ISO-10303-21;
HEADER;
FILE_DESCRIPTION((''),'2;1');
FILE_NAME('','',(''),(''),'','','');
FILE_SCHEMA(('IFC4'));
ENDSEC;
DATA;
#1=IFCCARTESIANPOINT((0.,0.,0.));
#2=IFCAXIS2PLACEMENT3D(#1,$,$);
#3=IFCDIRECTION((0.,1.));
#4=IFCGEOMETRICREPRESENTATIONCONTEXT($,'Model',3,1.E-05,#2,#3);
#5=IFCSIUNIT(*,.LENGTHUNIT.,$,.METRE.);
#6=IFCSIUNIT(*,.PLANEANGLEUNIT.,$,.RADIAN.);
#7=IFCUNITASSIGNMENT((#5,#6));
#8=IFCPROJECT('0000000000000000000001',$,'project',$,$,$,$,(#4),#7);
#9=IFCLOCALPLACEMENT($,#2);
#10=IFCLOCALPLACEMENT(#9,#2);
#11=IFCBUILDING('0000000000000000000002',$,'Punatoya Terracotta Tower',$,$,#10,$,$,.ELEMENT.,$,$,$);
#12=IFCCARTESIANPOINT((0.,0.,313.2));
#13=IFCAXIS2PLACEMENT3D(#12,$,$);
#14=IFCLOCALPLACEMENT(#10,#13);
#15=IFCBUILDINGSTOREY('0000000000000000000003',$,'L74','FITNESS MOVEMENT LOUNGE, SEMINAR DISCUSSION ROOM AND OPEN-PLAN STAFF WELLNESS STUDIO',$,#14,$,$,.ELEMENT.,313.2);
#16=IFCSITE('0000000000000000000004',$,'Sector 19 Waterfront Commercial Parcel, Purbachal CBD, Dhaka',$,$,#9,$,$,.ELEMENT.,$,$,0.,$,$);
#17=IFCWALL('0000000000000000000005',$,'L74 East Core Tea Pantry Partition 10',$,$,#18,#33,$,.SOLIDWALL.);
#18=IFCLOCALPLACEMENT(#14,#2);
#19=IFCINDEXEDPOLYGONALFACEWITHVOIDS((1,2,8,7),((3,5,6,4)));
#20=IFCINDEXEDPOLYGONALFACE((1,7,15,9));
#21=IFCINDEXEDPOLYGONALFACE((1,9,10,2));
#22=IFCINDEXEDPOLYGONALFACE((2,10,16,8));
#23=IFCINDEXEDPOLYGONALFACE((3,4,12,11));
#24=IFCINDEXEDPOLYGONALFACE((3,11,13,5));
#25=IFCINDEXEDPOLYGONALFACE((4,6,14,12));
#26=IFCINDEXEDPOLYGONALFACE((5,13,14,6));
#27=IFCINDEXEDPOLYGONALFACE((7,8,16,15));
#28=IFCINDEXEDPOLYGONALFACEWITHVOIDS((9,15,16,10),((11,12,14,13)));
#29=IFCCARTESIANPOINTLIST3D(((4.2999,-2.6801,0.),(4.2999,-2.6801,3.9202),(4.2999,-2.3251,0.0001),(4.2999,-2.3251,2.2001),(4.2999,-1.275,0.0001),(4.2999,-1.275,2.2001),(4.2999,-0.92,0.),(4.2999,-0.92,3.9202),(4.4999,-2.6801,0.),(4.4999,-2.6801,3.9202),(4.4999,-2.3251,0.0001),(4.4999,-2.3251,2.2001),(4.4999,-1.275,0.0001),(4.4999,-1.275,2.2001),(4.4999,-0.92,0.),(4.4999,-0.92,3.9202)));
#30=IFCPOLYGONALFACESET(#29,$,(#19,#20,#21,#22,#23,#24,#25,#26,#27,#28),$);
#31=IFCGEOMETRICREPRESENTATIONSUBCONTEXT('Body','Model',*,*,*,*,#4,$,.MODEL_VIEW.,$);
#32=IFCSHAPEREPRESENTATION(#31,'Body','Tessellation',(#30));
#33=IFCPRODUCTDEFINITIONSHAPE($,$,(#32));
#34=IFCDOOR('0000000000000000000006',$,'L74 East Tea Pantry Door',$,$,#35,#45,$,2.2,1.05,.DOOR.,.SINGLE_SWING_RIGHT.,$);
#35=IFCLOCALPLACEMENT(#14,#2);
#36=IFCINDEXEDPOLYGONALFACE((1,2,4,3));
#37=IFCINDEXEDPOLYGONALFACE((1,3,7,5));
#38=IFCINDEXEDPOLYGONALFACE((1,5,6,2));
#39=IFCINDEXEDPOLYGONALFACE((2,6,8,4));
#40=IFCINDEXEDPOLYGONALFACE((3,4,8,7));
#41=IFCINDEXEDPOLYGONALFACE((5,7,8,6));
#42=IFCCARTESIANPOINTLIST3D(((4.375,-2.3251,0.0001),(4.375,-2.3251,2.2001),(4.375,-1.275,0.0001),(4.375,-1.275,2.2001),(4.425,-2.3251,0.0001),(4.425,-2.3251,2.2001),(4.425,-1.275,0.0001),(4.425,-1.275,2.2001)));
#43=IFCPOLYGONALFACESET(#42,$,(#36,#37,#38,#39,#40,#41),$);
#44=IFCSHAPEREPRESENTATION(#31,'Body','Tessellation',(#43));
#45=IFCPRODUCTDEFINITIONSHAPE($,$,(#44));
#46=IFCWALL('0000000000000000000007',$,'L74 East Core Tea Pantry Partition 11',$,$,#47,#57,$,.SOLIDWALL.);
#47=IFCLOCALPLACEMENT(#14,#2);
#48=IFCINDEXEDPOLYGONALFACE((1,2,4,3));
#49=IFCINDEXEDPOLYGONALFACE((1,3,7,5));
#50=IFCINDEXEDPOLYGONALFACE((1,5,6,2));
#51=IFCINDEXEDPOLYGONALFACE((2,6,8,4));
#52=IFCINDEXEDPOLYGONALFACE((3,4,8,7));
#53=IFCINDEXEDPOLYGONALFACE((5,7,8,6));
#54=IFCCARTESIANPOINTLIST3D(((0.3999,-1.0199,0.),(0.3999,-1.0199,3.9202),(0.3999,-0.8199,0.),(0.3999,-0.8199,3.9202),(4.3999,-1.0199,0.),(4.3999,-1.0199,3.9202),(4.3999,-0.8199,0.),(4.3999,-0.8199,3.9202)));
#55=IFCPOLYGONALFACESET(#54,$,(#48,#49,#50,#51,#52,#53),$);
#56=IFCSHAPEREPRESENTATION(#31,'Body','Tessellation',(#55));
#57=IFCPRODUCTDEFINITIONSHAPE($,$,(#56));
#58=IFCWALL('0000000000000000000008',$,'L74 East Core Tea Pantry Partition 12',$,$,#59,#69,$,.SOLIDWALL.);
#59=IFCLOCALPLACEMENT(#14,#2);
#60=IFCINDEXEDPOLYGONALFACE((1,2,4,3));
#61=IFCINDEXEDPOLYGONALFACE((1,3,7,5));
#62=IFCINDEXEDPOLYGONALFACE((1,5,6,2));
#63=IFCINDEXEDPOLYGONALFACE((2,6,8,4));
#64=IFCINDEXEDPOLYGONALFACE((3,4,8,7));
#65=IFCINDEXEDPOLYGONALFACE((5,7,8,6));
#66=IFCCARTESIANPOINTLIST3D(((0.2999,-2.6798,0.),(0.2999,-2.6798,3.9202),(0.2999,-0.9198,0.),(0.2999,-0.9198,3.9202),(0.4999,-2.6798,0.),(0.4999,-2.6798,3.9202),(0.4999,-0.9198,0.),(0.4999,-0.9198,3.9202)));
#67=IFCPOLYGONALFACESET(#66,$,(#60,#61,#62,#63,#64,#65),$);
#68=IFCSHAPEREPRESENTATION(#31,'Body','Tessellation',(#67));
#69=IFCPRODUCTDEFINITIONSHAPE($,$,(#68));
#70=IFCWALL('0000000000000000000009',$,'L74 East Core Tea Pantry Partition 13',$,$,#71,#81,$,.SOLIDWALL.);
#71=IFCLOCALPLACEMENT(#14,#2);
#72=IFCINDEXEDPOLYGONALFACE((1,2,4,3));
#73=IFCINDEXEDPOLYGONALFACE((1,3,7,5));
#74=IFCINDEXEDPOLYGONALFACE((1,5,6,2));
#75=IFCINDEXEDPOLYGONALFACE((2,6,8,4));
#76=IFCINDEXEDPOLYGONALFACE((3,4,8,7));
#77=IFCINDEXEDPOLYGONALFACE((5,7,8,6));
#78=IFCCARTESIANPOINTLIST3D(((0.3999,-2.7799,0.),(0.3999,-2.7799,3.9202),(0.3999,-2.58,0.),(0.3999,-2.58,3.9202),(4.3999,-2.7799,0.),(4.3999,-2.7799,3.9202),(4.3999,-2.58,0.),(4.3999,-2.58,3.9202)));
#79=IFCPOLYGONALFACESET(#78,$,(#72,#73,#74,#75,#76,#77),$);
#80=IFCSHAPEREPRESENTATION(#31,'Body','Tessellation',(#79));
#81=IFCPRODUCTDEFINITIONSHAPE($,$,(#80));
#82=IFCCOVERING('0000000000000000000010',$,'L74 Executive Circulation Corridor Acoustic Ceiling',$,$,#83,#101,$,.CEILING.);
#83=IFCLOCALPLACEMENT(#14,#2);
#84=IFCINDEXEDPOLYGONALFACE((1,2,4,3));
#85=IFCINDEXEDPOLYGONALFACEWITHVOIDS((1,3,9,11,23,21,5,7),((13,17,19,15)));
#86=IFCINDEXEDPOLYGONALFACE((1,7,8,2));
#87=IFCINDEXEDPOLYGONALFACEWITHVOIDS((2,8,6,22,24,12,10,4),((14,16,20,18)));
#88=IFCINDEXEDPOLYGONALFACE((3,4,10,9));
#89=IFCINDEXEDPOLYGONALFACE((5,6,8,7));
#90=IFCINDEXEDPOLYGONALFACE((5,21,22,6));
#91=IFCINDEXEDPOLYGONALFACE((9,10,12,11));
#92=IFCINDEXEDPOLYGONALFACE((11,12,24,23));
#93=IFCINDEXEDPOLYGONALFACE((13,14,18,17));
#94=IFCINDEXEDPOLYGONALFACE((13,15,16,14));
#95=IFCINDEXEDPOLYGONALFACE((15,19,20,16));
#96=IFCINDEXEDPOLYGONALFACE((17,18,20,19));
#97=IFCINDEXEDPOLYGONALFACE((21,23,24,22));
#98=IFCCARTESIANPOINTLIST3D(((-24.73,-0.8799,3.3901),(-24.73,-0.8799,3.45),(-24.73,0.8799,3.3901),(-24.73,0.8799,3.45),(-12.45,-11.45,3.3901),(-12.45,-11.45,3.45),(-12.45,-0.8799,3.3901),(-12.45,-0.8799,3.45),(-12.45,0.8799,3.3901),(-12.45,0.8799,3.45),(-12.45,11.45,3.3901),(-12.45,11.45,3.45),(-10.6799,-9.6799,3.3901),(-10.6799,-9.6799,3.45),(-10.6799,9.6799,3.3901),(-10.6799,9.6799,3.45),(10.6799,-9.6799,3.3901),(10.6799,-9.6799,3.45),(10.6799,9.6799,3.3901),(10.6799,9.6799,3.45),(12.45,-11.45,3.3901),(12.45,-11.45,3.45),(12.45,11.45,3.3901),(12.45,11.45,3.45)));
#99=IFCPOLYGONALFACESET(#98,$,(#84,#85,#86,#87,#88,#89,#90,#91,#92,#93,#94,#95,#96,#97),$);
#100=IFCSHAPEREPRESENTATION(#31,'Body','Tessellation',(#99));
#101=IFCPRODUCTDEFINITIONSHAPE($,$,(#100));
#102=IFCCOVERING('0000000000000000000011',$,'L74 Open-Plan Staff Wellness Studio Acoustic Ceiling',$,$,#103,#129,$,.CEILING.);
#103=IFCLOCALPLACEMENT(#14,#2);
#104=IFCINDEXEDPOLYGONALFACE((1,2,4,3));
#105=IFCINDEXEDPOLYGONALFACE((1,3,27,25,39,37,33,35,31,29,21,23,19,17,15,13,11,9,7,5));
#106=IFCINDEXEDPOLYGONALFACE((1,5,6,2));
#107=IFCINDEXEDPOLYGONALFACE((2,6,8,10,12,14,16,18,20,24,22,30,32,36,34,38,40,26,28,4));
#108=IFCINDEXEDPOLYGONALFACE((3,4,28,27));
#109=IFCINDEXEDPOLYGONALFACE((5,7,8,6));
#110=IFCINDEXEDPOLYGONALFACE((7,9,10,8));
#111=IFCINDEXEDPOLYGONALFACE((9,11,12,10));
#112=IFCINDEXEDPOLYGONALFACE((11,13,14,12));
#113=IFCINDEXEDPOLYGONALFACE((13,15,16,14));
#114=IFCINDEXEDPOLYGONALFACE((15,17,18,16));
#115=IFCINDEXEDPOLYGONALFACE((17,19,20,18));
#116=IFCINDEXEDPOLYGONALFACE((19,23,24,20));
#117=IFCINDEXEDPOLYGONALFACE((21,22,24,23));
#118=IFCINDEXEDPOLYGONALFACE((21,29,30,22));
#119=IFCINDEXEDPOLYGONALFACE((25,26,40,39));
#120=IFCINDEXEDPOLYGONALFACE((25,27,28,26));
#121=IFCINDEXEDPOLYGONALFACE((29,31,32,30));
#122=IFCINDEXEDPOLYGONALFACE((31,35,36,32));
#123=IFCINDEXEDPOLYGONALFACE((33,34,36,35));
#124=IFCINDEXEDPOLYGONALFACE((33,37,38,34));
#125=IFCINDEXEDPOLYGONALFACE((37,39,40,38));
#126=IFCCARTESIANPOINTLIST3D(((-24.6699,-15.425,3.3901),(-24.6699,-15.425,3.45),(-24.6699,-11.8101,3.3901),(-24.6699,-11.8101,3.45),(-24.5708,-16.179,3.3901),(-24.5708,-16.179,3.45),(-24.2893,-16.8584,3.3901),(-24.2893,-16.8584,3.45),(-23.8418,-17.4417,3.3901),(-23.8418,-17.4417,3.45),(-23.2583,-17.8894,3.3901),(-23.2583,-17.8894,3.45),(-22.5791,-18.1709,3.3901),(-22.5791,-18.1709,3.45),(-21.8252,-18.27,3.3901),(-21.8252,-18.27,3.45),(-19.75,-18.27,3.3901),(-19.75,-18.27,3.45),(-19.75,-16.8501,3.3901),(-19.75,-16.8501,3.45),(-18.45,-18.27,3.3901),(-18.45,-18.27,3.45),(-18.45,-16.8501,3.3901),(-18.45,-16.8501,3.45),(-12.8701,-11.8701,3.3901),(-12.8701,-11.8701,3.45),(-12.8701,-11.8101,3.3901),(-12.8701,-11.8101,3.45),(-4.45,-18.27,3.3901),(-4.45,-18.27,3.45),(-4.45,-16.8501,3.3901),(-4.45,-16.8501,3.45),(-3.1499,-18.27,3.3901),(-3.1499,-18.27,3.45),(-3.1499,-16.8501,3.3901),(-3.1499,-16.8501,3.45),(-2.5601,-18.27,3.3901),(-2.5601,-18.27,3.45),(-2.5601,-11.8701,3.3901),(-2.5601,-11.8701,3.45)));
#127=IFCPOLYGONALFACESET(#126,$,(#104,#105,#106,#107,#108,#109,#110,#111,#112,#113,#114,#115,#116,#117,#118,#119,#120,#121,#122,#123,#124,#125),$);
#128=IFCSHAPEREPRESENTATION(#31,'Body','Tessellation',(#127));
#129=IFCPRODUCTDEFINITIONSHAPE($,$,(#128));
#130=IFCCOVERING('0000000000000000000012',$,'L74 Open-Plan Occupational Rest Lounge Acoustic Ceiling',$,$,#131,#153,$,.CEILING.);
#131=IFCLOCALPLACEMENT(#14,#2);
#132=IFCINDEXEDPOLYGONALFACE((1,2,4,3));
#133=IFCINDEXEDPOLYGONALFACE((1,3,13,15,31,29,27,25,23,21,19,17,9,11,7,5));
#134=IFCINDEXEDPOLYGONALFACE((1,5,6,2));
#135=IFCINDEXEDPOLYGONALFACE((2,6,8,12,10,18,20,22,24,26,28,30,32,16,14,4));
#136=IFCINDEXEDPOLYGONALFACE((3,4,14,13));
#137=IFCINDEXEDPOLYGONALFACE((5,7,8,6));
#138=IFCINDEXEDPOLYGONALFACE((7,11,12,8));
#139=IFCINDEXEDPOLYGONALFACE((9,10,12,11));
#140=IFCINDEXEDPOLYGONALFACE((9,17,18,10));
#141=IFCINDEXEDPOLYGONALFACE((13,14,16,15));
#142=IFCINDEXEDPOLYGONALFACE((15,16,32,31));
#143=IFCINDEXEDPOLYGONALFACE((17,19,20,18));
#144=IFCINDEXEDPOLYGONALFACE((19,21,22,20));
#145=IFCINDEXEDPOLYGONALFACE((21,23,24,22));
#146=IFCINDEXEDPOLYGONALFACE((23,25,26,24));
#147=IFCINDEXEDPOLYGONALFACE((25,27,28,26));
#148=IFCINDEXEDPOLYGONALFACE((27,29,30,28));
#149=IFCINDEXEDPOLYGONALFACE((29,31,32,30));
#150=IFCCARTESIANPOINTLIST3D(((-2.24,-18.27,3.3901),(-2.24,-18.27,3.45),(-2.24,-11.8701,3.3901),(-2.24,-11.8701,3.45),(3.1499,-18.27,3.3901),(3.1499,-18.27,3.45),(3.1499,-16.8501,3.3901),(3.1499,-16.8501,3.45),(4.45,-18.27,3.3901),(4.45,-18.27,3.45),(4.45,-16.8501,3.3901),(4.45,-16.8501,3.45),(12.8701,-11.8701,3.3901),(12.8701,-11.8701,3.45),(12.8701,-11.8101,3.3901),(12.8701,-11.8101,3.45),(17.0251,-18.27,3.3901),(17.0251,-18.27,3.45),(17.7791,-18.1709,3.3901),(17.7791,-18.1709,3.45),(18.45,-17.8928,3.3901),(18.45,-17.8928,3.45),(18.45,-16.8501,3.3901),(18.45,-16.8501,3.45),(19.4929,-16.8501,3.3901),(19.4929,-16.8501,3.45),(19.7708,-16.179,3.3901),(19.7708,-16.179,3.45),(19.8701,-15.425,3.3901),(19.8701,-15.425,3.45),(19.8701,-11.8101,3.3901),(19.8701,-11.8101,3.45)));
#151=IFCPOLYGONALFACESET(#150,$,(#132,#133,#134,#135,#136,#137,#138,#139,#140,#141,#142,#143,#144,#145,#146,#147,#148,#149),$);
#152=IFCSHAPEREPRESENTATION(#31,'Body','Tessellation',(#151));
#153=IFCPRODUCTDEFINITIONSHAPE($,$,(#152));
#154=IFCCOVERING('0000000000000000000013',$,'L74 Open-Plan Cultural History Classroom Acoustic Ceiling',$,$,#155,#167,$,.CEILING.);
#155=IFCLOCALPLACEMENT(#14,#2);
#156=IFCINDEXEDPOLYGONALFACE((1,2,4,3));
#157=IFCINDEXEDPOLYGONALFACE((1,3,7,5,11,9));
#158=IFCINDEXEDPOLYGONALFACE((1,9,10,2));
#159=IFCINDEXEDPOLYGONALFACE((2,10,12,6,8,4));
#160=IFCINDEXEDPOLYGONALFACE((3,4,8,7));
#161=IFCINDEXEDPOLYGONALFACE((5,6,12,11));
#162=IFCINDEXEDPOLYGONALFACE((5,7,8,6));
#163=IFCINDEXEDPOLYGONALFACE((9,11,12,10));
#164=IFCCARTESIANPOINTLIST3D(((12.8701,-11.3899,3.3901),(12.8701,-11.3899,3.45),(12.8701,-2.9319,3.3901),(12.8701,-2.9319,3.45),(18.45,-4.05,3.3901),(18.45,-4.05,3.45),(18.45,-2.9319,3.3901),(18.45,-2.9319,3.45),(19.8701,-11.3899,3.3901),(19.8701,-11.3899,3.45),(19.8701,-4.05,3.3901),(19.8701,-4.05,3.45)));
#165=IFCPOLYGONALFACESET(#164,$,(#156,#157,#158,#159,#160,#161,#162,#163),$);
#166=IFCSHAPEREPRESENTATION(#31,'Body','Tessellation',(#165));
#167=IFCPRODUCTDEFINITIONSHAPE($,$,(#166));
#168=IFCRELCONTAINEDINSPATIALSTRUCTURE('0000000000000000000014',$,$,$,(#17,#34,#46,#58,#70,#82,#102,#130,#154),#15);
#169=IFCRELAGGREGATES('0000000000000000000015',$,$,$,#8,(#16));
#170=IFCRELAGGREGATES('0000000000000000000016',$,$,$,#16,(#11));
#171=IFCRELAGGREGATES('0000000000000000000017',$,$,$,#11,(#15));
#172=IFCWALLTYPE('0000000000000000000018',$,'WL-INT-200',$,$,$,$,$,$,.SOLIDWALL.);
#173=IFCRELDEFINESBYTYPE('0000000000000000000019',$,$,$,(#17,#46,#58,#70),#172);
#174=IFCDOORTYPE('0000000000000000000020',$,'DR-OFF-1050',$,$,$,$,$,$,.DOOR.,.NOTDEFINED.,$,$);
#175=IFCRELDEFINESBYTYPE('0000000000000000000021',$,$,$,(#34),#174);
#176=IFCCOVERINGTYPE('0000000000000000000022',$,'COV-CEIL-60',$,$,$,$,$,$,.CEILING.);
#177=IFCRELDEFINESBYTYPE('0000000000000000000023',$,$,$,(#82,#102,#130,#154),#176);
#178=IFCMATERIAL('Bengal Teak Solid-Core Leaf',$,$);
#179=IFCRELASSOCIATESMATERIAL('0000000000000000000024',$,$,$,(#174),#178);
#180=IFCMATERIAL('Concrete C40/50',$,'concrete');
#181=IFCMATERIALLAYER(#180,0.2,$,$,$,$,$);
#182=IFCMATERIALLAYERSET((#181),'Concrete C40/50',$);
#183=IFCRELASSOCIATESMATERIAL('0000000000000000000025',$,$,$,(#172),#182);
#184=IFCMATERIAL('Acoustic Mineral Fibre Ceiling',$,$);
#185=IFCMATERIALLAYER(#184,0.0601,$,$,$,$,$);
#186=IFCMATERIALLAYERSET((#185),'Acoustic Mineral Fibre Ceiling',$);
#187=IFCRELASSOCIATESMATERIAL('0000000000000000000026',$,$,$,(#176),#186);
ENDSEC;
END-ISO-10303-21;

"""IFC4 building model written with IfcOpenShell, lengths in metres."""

from ifc_helpers import new_model, si_unit, direction, frame, frame_2d, origin, place, context, subcontext, project, spatial, polyline, rectangle, outline, extrude, material, layer, layer_set, type_object, element, fill, save


model = new_model("IFC4")

# Units and contexts
model_context = context("Model", 3, precision=1e-05, world=origin(), true_north=direction((0.0, 1.0)))
body_context = subcontext(model_context, "Body", "Model", "MODEL_VIEW")
ifc_project = project(units=[si_unit("LENGTHUNIT", "METRE"), si_unit("PLANEANGLEUNIT", "RADIAN")], contexts=[model_context])

# Site, building, storey
site_placement = place(None, origin())
site = spatial("IfcSite", under=ifc_project, at=site_placement, Name="Sector 19 Waterfront Commercial Parcel, Purbachal CBD, Dhaka", CompositionType="ELEMENT", RefElevation=0.0)
building_placement = place(site_placement, origin())
building = spatial("IfcBuilding", under=site, at=building_placement, Name="Punatoya Terracotta Tower", CompositionType="ELEMENT")
storey_placement = place(building_placement, frame((0.0, 0.0, 313.2)))
storey = spatial("IfcBuildingStorey", under=building, at=storey_placement, Name="L74", Description="FITNESS MOVEMENT LOUNGE, SEMINAR DISCUSSION ROOM AND OPEN-PLAN STAFF WELLNESS STUDIO", CompositionType="ELEMENT", Elevation=313.2)

# Shared definitions
ifc_material_1 = material(Name="Concrete C40/50", Category="concrete")

# Wall, opening, door
ifc_material_2 = material(Name="Bengal Teak Solid-Core Leaf")
door_type_1 = type_object("IfcDoorType", Name="DR-OFF-1050", OperationType="NOTDEFINED", PredefinedType="DOOR", material=ifc_material_2)
ifc_layer_1 = layer(ifc_material_1, 0.2)
ifc_layer_set_1 = layer_set([ifc_layer_1], Name="Concrete C40/50")
wall_type_1 = type_object("IfcWallType", Name="WL-INT-200", PredefinedType="SOLIDWALL", material=ifc_layer_set_1)
wall_1_placement = place(storey_placement, frame((4.3999, -2.6799, 0.0), z_axis=(0.0, 0.0, 1.0), x_axis=(0.0, 1.0, 0.0)))
wall_1 = element("IfcWall", 1, at=wall_1_placement, inside=storey, type_object=wall_type_1, Name="L74 East Core Tea Pantry Partition 10", PredefinedType="SOLIDWALL", context=body_context, shape_type="SweptSolid", body=[
    extrude(rectangle(XDim=1.76, YDim=0.2, at=frame_2d((0.8799, 0.0))), origin(), (0.0, 0.0, 1.0), 3.9202),
])
opening_1_placement = place(wall_1_placement, frame((0.355, 0.0, 0.0)))
opening_1 = element("IfcOpeningElement", 2, at=opening_1_placement, cuts=wall_1, PredefinedType="OPENING", context=body_context, shape_type="SweptSolid", body=[
    extrude(rectangle(XDim=1.05, YDim=2.2, at=frame_2d((0.5249, 1.1001))), frame((0.0, 0.1099, 0.0), z_axis=(0.0, -1.0, 0.0), x_axis=(1.0, 0.0, 0.0)), (0.0, 0.0, 1.0), 0.22),
])
door_1_placement = place(opening_1_placement, origin())
door_1 = element("IfcDoor", 3, at=door_1_placement, inside=storey, type_object=door_type_1, Name="L74 East Tea Pantry Door", OperationType="SINGLE_SWING_RIGHT", OverallHeight=2.2, OverallWidth=1.05, PredefinedType="DOOR", context=body_context, shape_type="SweptSolid", body=[
    extrude(rectangle(XDim=1.05, YDim=2.2, at=frame_2d((0.5249, 1.1001))), frame((0.0, 0.0249, 0.0), z_axis=(0.0, -1.0, 0.0), x_axis=(1.0, 0.0, 0.0)), (0.0, 0.0, 1.0), 0.05),
])
fill(opening_1, door_1)

# Walls
wall_2_placement = place(storey_placement, frame((4.3999, -0.9199, 0.0), z_axis=(0.0, 0.0, 1.0), x_axis=(-1.0, 0.0, 0.0)))
element("IfcWall", 4, at=wall_2_placement, inside=storey, type_object=wall_type_1, Name="L74 East Core Tea Pantry Partition 11", PredefinedType="SOLIDWALL", context=body_context, shape_type="SweptSolid", body=[
    extrude(rectangle(XDim=4.0, YDim=0.2, at=frame_2d((2.0, 0.0))), origin(), (0.0, 0.0, 1.0), 3.9202),
])
wall_3_placement = place(storey_placement, frame((0.3999, -0.9199, 0.0), z_axis=(0.0, 0.0, 1.0), x_axis=(0.0, -1.0, 0.0)))
element("IfcWall", 5, at=wall_3_placement, inside=storey, type_object=wall_type_1, Name="L74 East Core Tea Pantry Partition 12", PredefinedType="SOLIDWALL", context=body_context, shape_type="SweptSolid", body=[
    extrude(rectangle(XDim=1.76, YDim=0.2, at=frame_2d((0.8799, 0.0))), origin(), (0.0, 0.0, 1.0), 3.9202),
])
wall_4_placement = place(storey_placement, frame((0.3999, -2.6799, 0.0), z_axis=(0.0, 0.0, 1.0), x_axis=(1.0, 0.0, 0.0)))
element("IfcWall", 6, at=wall_4_placement, inside=storey, type_object=wall_type_1, Name="L74 East Core Tea Pantry Partition 13", PredefinedType="SOLIDWALL", context=body_context, shape_type="SweptSolid", body=[
    extrude(rectangle(XDim=4.0, YDim=0.2, at=frame_2d((2.0, 0.0))), origin(), (0.0, 0.0, 1.0), 3.9202),
])

# Coverings
ifc_material_3 = material(Name="Acoustic Mineral Fibre Ceiling")
ifc_layer_2 = layer(ifc_material_3, 0.0601)
ifc_layer_set_2 = layer_set([ifc_layer_2], Name="Acoustic Mineral Fibre Ceiling")
covering_type = type_object("IfcCoveringType", Name="COV-CEIL-60", PredefinedType="CEILING", material=ifc_layer_set_2)
covering_1_placement = place(storey_placement, frame((0.0, 0.0, 3.3901)))
element("IfcCovering", 7, at=covering_1_placement, inside=storey, type_object=covering_type, Name="L74 Executive Circulation Corridor Acoustic Ceiling", PredefinedType="CEILING", context=body_context, shape_type="SweptSolid", body=[
    extrude(outline(polyline([(-12.45, -11.45), (12.45, -11.45), (12.45, 11.45), (-12.45, 11.45), (-12.45, 0.8799), (-24.73, 0.8799), (-24.73, -0.8799), (-12.45, -0.8799), (-12.45, -11.45)]), holes=[polyline([(-10.6799, -9.6799), (-10.6799, 9.6799), (10.6799, 9.6799), (10.6799, -9.6799), (-10.6799, -9.6799)])]), origin(), (0.0, 0.0, 1.0), 0.0598),
])
covering_2_placement = place(storey_placement, frame((0.0, 0.0, 3.3901)))
element("IfcCovering", 8, at=covering_2_placement, inside=storey, type_object=covering_type, Name="L74 Open-Plan Staff Wellness Studio Acoustic Ceiling", PredefinedType="CEILING", context=body_context, shape_type="SweptSolid", body=[
    extrude(outline(polyline([(-19.75, -18.27), (-19.75, -16.8501), (-18.45, -16.8501), (-18.45, -18.27), (-4.45, -18.27), (-4.45, -16.8501), (-3.1499, -16.8501), (-3.1499, -18.27), (-2.5601, -18.27), (-2.5601, -11.8701), (-12.8701, -11.8701), (-12.8701, -11.8101), (-24.6699, -11.8101), (-24.6699, -15.425), (-24.5708, -16.179), (-24.2893, -16.8584), (-23.8418, -17.4417), (-23.2583, -17.8894), (-22.5791, -18.1709), (-21.8252, -18.27), (-19.75, -18.27)])), origin(), (0.0, 0.0, 1.0), 0.0598),
])
covering_3_placement = place(storey_placement, frame((0.0, 0.0, 3.3901)))
element("IfcCovering", 9, at=covering_3_placement, inside=storey, type_object=covering_type, Name="L74 Open-Plan Occupational Rest Lounge Acoustic Ceiling", PredefinedType="CEILING", context=body_context, shape_type="SweptSolid", body=[
    extrude(outline(polyline([(3.1499, -18.27), (3.1499, -16.8501), (4.45, -16.8501), (4.45, -18.27), (17.0251, -18.27), (17.7791, -18.1709), (18.45, -17.8928), (18.45, -16.8501), (19.4929, -16.8501), (19.7708, -16.179), (19.8701, -15.425), (19.8701, -11.8101), (12.8701, -11.8101), (12.8701, -11.8701), (-2.24, -11.8701), (-2.24, -18.27), (3.1499, -18.27)])), origin(), (0.0, 0.0, 1.0), 0.0598),
])
covering_4_placement = place(storey_placement, frame((0.0, 0.0, 3.3901)))
element("IfcCovering", 10, at=covering_4_placement, inside=storey, type_object=covering_type, Name="L74 Open-Plan Cultural History Classroom Acoustic Ceiling", PredefinedType="CEILING", context=body_context, shape_type="SweptSolid", body=[
    extrude(outline(polyline([(12.8701, -2.9319), (12.8701, -11.3899), (19.8701, -11.3899), (19.8701, -4.05), (18.45, -4.05), (18.45, -2.9319), (12.8701, -2.9319)])), origin(), (0.0, 0.0, 1.0), 0.0598),
])

save(model, "model.ifc")
